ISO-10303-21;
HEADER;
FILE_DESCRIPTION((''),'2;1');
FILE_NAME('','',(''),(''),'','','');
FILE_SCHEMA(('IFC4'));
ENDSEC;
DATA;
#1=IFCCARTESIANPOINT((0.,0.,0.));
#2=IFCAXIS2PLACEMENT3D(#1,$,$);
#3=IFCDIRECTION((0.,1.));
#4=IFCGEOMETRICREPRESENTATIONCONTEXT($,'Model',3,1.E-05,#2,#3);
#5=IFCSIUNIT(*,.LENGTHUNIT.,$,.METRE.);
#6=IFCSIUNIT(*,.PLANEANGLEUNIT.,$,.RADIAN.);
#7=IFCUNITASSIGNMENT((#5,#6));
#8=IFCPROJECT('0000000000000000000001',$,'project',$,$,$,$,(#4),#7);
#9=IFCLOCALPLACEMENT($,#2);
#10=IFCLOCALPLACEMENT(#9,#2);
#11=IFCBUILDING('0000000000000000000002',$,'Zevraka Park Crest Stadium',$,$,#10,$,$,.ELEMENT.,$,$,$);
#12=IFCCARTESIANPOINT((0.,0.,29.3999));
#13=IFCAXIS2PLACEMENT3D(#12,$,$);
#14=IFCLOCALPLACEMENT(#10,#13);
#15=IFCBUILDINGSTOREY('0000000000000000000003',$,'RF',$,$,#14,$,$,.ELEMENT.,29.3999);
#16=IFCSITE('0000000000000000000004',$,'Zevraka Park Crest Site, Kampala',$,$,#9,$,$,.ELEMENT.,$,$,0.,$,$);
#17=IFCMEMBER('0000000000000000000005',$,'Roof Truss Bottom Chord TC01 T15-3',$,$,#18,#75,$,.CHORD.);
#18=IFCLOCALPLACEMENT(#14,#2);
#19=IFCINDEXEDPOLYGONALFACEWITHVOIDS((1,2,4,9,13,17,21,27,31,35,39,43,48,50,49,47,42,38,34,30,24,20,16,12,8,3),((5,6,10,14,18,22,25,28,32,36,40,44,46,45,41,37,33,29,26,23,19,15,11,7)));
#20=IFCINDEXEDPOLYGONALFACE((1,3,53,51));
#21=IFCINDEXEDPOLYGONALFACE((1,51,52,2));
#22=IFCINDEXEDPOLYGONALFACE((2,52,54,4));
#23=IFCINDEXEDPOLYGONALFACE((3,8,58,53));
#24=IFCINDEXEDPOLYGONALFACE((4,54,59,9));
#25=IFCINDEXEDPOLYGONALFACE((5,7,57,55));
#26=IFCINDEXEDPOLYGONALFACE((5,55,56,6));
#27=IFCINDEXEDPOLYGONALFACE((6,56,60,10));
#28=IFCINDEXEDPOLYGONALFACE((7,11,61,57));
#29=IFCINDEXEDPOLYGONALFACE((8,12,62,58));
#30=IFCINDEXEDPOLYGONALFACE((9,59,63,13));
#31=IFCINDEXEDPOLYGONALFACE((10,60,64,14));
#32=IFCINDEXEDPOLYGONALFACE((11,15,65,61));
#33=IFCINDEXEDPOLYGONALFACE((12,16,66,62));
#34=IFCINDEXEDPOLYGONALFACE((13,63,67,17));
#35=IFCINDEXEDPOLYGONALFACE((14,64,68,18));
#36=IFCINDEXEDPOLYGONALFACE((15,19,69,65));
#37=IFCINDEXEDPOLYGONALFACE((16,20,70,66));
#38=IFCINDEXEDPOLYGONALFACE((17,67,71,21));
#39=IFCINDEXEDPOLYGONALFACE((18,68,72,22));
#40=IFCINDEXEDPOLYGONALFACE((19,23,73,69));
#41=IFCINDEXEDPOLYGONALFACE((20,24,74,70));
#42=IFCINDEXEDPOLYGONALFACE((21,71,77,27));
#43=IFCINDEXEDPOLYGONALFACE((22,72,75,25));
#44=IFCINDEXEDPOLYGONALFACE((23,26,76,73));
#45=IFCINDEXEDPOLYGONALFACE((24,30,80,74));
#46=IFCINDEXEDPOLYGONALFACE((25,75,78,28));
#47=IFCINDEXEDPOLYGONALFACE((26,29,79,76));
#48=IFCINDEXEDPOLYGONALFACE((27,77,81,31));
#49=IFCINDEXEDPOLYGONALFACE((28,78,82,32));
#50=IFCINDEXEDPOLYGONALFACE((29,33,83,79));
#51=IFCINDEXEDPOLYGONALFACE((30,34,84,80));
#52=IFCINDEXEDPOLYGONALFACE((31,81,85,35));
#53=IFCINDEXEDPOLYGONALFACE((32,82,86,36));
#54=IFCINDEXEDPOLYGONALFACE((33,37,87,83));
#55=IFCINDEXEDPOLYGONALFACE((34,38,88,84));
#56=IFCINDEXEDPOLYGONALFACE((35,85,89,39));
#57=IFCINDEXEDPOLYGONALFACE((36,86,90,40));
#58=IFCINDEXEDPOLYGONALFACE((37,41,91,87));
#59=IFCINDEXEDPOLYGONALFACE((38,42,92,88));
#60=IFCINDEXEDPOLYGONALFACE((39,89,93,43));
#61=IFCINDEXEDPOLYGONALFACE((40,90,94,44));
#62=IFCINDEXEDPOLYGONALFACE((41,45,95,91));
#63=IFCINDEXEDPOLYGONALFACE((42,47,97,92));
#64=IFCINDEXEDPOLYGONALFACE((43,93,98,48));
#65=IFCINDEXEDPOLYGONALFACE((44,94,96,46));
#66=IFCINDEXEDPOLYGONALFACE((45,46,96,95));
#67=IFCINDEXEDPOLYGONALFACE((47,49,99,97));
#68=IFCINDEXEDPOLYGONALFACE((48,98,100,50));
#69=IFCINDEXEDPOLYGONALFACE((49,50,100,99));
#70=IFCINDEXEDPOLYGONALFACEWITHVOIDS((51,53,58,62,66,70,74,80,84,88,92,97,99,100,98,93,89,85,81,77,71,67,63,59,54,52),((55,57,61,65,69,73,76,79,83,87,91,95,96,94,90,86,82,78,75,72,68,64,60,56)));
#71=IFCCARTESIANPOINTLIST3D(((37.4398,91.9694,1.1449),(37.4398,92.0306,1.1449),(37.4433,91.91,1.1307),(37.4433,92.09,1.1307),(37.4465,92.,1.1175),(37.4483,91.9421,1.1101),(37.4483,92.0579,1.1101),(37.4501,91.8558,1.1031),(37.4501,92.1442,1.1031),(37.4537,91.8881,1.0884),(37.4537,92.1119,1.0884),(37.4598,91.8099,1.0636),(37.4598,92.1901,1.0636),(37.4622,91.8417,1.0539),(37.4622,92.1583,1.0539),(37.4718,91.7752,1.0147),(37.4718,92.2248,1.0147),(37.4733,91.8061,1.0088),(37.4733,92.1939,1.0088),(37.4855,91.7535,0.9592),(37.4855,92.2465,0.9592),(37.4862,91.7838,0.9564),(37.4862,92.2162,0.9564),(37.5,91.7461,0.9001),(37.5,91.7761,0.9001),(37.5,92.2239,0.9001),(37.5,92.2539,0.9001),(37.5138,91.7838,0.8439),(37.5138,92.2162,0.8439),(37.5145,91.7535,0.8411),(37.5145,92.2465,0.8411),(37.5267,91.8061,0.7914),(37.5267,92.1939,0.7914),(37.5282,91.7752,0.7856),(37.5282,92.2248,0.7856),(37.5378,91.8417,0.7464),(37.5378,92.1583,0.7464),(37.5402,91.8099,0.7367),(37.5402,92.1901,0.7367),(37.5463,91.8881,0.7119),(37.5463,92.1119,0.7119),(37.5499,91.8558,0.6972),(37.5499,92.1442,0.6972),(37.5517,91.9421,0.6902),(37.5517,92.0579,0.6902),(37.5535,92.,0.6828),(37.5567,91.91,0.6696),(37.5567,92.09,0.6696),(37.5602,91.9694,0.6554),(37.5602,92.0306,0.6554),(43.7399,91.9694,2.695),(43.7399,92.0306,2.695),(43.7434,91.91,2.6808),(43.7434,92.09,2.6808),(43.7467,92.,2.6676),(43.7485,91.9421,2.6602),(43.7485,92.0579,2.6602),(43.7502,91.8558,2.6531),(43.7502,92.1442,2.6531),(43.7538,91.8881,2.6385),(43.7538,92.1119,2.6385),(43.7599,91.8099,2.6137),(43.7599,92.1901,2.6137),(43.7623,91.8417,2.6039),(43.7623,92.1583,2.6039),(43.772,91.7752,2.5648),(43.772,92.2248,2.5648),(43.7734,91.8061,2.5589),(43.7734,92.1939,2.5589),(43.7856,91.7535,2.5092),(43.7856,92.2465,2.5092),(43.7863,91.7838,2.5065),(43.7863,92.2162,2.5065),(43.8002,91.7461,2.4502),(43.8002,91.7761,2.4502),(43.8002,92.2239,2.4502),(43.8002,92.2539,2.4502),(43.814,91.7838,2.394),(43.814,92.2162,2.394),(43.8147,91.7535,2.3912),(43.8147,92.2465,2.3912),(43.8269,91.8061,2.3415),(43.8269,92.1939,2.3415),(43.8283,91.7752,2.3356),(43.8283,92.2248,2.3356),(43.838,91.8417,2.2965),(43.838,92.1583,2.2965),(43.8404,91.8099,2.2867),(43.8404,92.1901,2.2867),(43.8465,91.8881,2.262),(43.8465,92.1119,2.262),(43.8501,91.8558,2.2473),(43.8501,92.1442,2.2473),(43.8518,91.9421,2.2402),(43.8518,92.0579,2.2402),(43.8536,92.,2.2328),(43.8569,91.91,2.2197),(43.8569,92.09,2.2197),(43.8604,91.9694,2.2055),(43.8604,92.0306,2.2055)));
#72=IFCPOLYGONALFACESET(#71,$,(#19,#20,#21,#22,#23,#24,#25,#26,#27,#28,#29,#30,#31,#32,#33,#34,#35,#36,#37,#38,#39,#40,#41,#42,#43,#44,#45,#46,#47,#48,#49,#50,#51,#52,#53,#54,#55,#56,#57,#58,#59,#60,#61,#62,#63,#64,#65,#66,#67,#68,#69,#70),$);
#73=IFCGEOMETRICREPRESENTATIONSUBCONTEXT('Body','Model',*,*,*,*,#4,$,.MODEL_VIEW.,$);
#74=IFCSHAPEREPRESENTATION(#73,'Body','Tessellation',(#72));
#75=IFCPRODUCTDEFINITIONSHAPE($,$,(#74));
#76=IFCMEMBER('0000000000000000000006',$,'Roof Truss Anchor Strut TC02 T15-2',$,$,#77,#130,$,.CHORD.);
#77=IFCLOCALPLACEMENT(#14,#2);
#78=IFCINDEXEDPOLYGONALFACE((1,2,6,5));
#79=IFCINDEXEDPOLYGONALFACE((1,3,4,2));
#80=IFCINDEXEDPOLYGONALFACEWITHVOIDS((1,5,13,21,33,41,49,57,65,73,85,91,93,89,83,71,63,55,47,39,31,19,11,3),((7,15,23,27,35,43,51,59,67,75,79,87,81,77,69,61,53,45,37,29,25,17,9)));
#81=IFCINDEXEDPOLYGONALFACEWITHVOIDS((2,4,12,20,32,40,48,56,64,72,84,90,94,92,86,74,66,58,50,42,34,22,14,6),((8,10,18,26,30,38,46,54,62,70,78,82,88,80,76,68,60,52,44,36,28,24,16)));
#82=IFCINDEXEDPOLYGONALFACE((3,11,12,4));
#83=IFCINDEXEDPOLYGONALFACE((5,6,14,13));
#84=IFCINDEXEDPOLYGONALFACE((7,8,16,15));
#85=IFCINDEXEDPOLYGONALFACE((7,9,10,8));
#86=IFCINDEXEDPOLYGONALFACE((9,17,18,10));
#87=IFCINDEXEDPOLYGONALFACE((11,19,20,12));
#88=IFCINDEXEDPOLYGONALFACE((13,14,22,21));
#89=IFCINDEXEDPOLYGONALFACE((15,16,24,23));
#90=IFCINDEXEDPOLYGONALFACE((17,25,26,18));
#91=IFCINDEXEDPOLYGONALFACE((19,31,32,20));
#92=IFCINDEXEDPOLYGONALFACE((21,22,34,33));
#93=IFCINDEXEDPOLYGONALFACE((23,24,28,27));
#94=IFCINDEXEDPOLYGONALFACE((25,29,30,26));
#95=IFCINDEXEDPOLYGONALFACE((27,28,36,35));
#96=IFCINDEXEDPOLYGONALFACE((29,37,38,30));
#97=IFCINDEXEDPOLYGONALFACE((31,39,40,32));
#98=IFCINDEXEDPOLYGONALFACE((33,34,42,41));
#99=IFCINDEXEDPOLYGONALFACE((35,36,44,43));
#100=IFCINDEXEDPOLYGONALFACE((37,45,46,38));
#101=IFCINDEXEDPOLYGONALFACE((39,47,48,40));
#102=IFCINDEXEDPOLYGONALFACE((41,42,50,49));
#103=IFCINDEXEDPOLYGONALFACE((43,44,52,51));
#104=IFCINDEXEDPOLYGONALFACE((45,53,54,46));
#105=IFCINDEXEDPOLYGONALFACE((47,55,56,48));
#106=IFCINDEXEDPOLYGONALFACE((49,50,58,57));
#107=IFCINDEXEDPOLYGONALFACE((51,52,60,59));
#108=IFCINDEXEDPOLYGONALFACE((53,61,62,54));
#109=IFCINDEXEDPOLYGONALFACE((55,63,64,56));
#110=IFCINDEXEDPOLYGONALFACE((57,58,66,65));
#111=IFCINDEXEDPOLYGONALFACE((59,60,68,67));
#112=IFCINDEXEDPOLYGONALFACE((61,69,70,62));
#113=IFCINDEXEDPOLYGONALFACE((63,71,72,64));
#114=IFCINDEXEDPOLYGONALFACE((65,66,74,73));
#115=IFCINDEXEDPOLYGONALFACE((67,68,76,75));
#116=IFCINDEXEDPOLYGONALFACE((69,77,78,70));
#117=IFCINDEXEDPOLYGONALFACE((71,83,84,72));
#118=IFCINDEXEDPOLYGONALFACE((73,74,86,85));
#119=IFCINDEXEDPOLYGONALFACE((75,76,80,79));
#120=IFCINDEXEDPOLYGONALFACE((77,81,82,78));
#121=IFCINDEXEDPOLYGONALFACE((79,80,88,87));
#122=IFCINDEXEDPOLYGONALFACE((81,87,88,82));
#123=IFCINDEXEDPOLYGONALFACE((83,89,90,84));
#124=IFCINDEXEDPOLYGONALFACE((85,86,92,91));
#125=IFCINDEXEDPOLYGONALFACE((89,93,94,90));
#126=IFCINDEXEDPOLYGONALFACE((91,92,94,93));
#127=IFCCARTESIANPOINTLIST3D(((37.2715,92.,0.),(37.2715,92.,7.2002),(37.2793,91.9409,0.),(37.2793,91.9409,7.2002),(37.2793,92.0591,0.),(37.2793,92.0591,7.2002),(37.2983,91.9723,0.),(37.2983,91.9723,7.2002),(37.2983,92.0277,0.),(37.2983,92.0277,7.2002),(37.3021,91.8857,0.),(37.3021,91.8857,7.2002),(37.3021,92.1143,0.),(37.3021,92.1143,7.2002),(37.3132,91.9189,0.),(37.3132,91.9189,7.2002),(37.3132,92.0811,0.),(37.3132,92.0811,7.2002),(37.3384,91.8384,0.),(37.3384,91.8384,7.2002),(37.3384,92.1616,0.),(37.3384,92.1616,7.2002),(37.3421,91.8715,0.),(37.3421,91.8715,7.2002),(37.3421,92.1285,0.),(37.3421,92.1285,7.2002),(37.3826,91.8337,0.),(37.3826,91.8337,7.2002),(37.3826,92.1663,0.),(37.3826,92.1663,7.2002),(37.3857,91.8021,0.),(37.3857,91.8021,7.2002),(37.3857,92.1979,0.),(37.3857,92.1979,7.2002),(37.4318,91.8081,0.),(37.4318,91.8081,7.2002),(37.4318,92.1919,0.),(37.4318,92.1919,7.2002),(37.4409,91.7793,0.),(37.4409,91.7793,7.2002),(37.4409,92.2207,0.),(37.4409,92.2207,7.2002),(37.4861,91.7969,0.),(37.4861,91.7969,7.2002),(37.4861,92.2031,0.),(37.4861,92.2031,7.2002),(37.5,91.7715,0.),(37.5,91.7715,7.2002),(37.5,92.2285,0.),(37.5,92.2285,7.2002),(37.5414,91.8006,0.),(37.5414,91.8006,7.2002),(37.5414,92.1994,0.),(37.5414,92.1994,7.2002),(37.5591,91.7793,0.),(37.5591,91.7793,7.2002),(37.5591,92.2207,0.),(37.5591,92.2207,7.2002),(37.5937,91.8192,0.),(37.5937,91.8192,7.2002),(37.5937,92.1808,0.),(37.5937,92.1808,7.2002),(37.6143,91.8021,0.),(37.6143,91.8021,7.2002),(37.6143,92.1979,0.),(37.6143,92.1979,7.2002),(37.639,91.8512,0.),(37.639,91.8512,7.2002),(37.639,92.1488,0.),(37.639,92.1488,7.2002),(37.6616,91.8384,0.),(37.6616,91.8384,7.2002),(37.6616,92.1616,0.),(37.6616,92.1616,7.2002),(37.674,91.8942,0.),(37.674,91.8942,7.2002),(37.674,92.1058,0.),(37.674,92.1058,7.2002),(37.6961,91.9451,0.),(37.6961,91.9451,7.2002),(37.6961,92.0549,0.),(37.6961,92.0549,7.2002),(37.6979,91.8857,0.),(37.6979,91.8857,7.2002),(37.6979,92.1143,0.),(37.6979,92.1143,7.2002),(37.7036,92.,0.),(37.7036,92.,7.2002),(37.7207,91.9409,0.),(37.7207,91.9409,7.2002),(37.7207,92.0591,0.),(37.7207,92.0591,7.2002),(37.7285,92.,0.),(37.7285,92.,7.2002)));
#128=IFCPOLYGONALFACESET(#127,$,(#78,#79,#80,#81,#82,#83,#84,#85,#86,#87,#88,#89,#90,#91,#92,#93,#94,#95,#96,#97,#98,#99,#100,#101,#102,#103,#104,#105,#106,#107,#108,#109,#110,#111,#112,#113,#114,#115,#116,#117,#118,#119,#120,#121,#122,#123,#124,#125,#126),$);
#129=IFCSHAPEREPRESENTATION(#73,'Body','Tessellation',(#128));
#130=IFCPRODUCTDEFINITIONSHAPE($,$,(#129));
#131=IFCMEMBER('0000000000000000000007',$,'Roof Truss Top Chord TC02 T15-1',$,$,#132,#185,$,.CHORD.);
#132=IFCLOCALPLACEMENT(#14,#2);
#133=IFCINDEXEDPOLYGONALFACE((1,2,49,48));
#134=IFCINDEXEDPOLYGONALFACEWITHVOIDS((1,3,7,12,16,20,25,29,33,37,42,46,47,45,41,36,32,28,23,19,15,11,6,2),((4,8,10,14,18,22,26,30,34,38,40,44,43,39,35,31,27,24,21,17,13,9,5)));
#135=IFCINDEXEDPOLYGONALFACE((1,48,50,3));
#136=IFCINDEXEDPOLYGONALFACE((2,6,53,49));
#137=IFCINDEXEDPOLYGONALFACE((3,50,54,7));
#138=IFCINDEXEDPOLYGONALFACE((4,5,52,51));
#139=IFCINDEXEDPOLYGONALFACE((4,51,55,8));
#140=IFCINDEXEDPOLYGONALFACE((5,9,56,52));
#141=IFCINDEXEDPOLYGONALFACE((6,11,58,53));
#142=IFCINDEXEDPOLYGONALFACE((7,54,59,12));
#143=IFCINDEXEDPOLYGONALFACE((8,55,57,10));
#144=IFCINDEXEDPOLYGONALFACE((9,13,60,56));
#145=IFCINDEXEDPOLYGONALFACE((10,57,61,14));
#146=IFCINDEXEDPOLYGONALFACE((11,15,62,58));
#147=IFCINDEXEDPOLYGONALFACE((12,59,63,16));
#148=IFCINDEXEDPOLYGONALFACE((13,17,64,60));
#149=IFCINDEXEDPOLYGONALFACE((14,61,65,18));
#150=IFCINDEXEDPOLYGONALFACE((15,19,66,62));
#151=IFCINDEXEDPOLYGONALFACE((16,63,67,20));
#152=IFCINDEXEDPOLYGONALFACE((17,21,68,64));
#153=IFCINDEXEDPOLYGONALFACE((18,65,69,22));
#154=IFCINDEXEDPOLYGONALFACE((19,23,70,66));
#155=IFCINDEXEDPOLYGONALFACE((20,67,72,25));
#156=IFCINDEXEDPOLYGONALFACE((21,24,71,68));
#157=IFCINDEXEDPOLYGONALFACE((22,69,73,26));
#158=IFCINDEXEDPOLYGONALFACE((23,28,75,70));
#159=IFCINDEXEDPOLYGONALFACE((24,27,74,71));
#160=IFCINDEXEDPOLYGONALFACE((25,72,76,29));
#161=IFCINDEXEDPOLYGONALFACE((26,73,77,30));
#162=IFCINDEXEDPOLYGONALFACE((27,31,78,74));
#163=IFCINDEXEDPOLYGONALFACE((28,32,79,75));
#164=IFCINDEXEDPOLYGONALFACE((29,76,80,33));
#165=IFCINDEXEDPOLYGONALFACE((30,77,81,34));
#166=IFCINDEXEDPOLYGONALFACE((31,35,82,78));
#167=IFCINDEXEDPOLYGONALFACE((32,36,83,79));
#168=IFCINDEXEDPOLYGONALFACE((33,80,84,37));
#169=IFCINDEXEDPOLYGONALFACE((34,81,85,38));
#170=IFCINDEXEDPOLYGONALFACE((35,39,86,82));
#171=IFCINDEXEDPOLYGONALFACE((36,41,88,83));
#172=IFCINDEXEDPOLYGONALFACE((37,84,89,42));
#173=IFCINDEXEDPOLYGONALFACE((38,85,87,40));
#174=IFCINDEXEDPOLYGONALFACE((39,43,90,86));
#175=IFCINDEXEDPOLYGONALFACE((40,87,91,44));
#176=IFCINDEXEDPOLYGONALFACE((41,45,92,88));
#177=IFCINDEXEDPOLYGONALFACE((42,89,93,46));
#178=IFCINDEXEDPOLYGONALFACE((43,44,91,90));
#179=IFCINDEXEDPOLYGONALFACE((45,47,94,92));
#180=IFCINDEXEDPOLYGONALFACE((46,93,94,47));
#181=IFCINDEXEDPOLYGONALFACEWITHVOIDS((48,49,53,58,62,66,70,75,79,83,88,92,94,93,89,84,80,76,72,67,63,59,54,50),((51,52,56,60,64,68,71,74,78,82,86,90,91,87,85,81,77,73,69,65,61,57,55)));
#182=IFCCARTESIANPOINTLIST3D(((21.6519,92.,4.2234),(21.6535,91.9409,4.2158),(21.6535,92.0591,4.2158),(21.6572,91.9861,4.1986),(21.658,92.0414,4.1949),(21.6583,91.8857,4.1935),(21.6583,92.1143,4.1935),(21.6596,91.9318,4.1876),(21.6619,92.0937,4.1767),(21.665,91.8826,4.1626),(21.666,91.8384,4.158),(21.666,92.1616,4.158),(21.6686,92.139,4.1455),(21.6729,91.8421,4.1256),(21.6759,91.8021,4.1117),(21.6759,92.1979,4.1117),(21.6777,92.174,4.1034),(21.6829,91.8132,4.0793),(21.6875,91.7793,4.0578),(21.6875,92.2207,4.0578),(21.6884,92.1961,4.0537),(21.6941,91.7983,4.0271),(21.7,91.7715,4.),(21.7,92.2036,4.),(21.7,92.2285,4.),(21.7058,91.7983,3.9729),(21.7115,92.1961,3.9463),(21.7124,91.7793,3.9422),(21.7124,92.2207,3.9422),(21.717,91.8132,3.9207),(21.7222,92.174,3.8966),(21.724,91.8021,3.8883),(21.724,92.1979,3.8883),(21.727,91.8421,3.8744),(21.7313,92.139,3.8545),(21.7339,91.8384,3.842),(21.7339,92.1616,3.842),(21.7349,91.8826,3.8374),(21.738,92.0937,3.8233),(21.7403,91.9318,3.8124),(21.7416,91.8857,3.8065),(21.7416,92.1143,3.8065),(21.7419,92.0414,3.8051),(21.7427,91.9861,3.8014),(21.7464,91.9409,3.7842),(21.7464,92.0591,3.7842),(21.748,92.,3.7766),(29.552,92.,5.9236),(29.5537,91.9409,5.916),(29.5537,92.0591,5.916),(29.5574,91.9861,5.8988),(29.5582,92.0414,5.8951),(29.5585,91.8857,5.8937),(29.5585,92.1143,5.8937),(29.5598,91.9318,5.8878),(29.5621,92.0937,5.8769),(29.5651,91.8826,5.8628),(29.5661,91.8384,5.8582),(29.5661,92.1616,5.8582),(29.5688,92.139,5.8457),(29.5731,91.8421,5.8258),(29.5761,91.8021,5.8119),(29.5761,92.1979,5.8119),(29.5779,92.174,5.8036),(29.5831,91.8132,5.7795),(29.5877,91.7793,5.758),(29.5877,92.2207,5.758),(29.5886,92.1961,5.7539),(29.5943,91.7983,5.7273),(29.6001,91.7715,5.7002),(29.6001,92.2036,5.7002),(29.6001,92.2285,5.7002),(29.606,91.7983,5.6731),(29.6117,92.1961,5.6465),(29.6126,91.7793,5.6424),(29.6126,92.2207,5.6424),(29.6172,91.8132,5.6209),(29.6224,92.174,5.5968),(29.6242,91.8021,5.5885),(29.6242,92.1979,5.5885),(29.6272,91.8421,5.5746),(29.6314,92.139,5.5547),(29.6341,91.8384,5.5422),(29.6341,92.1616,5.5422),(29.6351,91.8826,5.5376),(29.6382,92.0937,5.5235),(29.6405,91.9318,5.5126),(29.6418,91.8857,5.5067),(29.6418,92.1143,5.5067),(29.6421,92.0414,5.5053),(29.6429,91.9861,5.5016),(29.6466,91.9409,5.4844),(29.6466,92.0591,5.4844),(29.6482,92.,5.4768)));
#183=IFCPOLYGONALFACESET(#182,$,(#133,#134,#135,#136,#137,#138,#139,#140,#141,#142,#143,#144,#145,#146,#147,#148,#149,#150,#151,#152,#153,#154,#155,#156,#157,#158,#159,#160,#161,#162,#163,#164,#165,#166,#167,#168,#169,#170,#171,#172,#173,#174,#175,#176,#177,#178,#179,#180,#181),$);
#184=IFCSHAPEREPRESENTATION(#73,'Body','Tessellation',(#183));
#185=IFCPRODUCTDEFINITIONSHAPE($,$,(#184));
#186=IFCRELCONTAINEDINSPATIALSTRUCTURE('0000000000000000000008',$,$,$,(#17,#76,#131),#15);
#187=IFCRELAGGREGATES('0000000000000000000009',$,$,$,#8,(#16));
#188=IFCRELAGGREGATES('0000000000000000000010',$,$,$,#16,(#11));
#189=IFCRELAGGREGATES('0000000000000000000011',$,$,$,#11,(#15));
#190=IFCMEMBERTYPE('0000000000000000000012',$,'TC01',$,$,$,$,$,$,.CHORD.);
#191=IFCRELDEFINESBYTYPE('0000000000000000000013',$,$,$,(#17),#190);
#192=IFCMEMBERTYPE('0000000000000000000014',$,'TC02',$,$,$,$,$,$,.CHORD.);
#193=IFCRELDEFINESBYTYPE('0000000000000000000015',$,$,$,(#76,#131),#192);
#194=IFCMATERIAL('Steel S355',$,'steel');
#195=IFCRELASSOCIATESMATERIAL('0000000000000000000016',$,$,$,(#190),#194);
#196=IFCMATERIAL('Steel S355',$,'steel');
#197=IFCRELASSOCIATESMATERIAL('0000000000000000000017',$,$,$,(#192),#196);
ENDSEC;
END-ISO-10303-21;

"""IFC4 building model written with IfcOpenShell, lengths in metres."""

from ifc_helpers import new_model, si_unit, direction, frame, origin, origin_2d, place, context, subcontext, project, spatial, hollow_circle, extrude, material, material_profile, profile_set, type_object, element, save


model = new_model("IFC4")

# Units and contexts
model_context = context("Model", 3, precision=1e-05, world=origin(), true_north=direction((0.0, 1.0)))
body_context = subcontext(model_context, "Body", "Model", "MODEL_VIEW")
ifc_project = project(units=[si_unit("LENGTHUNIT", "METRE"), si_unit("PLANEANGLEUNIT", "RADIAN")], contexts=[model_context])

# Site, building, storey
site_placement = place(None, origin())
site = spatial("IfcSite", under=ifc_project, at=site_placement, Name="Zevraka Park Crest Site, Kampala", CompositionType="ELEMENT", RefElevation=0.0)
building_placement = place(site_placement, origin())
building = spatial("IfcBuilding", under=site, at=building_placement, Name="Zevraka Park Crest Stadium", CompositionType="ELEMENT")
storey_placement = place(building_placement, frame((0.0, 0.0, 29.3999)))
storey = spatial("IfcBuildingStorey", under=building, at=storey_placement, Name="RF", CompositionType="ELEMENT", Elevation=29.3999)

# Members
ifc_material_1 = material(Name="Steel S355", Category="steel")
ifc_material_profile_1 = material_profile(ifc_material_1, hollow_circle(Radius=0.2539, WallThickness=0.03, at=origin_2d()), Name="CHS 508.0x30")
ifc_profile_set_1 = profile_set([ifc_material_profile_1], Name="Steel S355")
member_type_1 = type_object("IfcMemberType", Name="TC01", PredefinedType="CHORD", material=ifc_profile_set_1)
member_1_placement = place(storey_placement, frame((37.5, 92.0, 0.9001), z_axis=(0.971041, 0.0, 0.238913), x_axis=(0.0, 1.0, 0.0)))
element("IfcMember", 1, at=member_1_placement, inside=storey, type_object=member_type_1, Name="Roof Truss Bottom Chord TC01 T15-3", PredefinedType="CHORD", context=body_context, shape_type="SweptSolid", body=[
    extrude(hollow_circle(Radius=0.2539, WallThickness=0.03, at=origin_2d()), origin(), (0.0, 0.0, 1.0), 6.488),
])
ifc_material_2 = material(Name="Steel S355", Category="steel")
ifc_material_profile_2 = material_profile(ifc_material_2, hollow_circle(Radius=0.2285, WallThickness=0.0249, at=origin_2d()), Name="CHS 457.0x25")
ifc_profile_set_2 = profile_set([ifc_material_profile_2], Name="Steel S355")
member_type_2 = type_object("IfcMemberType", Name="TC02", PredefinedType="CHORD", material=ifc_profile_set_2)
member_2_placement = place(storey_placement, frame((37.5, 92.0, 0.0), z_axis=(0.0, 0.0, 1.0), x_axis=(1.0, 0.0, 0.0)))
element("IfcMember", 2, at=member_2_placement, inside=storey, type_object=member_type_2, Name="Roof Truss Anchor Strut TC02 T15-2", PredefinedType="CHORD", context=body_context, shape_type="SweptSolid", body=[
    extrude(hollow_circle(Radius=0.2285, WallThickness=0.0249, at=origin_2d()), origin(), (0.0, 0.0, 1.0), 7.2002),
])
member_3_placement = place(storey_placement, frame((21.7, 92.0, 4.0), z_axis=(0.977617, 0.0, 0.210394), x_axis=(0.0, 1.0, 0.0)))
element("IfcMember", 3, at=member_3_placement, inside=storey, type_object=member_type_2, Name="Roof Truss Top Chord TC02 T15-1", PredefinedType="CHORD", context=body_context, shape_type="SweptSolid", body=[
    extrude(hollow_circle(Radius=0.2285, WallThickness=0.0249, at=origin_2d()), origin(), (0.0, 0.0, 1.0), 8.0811),
])

save(model, "model.ifc")
